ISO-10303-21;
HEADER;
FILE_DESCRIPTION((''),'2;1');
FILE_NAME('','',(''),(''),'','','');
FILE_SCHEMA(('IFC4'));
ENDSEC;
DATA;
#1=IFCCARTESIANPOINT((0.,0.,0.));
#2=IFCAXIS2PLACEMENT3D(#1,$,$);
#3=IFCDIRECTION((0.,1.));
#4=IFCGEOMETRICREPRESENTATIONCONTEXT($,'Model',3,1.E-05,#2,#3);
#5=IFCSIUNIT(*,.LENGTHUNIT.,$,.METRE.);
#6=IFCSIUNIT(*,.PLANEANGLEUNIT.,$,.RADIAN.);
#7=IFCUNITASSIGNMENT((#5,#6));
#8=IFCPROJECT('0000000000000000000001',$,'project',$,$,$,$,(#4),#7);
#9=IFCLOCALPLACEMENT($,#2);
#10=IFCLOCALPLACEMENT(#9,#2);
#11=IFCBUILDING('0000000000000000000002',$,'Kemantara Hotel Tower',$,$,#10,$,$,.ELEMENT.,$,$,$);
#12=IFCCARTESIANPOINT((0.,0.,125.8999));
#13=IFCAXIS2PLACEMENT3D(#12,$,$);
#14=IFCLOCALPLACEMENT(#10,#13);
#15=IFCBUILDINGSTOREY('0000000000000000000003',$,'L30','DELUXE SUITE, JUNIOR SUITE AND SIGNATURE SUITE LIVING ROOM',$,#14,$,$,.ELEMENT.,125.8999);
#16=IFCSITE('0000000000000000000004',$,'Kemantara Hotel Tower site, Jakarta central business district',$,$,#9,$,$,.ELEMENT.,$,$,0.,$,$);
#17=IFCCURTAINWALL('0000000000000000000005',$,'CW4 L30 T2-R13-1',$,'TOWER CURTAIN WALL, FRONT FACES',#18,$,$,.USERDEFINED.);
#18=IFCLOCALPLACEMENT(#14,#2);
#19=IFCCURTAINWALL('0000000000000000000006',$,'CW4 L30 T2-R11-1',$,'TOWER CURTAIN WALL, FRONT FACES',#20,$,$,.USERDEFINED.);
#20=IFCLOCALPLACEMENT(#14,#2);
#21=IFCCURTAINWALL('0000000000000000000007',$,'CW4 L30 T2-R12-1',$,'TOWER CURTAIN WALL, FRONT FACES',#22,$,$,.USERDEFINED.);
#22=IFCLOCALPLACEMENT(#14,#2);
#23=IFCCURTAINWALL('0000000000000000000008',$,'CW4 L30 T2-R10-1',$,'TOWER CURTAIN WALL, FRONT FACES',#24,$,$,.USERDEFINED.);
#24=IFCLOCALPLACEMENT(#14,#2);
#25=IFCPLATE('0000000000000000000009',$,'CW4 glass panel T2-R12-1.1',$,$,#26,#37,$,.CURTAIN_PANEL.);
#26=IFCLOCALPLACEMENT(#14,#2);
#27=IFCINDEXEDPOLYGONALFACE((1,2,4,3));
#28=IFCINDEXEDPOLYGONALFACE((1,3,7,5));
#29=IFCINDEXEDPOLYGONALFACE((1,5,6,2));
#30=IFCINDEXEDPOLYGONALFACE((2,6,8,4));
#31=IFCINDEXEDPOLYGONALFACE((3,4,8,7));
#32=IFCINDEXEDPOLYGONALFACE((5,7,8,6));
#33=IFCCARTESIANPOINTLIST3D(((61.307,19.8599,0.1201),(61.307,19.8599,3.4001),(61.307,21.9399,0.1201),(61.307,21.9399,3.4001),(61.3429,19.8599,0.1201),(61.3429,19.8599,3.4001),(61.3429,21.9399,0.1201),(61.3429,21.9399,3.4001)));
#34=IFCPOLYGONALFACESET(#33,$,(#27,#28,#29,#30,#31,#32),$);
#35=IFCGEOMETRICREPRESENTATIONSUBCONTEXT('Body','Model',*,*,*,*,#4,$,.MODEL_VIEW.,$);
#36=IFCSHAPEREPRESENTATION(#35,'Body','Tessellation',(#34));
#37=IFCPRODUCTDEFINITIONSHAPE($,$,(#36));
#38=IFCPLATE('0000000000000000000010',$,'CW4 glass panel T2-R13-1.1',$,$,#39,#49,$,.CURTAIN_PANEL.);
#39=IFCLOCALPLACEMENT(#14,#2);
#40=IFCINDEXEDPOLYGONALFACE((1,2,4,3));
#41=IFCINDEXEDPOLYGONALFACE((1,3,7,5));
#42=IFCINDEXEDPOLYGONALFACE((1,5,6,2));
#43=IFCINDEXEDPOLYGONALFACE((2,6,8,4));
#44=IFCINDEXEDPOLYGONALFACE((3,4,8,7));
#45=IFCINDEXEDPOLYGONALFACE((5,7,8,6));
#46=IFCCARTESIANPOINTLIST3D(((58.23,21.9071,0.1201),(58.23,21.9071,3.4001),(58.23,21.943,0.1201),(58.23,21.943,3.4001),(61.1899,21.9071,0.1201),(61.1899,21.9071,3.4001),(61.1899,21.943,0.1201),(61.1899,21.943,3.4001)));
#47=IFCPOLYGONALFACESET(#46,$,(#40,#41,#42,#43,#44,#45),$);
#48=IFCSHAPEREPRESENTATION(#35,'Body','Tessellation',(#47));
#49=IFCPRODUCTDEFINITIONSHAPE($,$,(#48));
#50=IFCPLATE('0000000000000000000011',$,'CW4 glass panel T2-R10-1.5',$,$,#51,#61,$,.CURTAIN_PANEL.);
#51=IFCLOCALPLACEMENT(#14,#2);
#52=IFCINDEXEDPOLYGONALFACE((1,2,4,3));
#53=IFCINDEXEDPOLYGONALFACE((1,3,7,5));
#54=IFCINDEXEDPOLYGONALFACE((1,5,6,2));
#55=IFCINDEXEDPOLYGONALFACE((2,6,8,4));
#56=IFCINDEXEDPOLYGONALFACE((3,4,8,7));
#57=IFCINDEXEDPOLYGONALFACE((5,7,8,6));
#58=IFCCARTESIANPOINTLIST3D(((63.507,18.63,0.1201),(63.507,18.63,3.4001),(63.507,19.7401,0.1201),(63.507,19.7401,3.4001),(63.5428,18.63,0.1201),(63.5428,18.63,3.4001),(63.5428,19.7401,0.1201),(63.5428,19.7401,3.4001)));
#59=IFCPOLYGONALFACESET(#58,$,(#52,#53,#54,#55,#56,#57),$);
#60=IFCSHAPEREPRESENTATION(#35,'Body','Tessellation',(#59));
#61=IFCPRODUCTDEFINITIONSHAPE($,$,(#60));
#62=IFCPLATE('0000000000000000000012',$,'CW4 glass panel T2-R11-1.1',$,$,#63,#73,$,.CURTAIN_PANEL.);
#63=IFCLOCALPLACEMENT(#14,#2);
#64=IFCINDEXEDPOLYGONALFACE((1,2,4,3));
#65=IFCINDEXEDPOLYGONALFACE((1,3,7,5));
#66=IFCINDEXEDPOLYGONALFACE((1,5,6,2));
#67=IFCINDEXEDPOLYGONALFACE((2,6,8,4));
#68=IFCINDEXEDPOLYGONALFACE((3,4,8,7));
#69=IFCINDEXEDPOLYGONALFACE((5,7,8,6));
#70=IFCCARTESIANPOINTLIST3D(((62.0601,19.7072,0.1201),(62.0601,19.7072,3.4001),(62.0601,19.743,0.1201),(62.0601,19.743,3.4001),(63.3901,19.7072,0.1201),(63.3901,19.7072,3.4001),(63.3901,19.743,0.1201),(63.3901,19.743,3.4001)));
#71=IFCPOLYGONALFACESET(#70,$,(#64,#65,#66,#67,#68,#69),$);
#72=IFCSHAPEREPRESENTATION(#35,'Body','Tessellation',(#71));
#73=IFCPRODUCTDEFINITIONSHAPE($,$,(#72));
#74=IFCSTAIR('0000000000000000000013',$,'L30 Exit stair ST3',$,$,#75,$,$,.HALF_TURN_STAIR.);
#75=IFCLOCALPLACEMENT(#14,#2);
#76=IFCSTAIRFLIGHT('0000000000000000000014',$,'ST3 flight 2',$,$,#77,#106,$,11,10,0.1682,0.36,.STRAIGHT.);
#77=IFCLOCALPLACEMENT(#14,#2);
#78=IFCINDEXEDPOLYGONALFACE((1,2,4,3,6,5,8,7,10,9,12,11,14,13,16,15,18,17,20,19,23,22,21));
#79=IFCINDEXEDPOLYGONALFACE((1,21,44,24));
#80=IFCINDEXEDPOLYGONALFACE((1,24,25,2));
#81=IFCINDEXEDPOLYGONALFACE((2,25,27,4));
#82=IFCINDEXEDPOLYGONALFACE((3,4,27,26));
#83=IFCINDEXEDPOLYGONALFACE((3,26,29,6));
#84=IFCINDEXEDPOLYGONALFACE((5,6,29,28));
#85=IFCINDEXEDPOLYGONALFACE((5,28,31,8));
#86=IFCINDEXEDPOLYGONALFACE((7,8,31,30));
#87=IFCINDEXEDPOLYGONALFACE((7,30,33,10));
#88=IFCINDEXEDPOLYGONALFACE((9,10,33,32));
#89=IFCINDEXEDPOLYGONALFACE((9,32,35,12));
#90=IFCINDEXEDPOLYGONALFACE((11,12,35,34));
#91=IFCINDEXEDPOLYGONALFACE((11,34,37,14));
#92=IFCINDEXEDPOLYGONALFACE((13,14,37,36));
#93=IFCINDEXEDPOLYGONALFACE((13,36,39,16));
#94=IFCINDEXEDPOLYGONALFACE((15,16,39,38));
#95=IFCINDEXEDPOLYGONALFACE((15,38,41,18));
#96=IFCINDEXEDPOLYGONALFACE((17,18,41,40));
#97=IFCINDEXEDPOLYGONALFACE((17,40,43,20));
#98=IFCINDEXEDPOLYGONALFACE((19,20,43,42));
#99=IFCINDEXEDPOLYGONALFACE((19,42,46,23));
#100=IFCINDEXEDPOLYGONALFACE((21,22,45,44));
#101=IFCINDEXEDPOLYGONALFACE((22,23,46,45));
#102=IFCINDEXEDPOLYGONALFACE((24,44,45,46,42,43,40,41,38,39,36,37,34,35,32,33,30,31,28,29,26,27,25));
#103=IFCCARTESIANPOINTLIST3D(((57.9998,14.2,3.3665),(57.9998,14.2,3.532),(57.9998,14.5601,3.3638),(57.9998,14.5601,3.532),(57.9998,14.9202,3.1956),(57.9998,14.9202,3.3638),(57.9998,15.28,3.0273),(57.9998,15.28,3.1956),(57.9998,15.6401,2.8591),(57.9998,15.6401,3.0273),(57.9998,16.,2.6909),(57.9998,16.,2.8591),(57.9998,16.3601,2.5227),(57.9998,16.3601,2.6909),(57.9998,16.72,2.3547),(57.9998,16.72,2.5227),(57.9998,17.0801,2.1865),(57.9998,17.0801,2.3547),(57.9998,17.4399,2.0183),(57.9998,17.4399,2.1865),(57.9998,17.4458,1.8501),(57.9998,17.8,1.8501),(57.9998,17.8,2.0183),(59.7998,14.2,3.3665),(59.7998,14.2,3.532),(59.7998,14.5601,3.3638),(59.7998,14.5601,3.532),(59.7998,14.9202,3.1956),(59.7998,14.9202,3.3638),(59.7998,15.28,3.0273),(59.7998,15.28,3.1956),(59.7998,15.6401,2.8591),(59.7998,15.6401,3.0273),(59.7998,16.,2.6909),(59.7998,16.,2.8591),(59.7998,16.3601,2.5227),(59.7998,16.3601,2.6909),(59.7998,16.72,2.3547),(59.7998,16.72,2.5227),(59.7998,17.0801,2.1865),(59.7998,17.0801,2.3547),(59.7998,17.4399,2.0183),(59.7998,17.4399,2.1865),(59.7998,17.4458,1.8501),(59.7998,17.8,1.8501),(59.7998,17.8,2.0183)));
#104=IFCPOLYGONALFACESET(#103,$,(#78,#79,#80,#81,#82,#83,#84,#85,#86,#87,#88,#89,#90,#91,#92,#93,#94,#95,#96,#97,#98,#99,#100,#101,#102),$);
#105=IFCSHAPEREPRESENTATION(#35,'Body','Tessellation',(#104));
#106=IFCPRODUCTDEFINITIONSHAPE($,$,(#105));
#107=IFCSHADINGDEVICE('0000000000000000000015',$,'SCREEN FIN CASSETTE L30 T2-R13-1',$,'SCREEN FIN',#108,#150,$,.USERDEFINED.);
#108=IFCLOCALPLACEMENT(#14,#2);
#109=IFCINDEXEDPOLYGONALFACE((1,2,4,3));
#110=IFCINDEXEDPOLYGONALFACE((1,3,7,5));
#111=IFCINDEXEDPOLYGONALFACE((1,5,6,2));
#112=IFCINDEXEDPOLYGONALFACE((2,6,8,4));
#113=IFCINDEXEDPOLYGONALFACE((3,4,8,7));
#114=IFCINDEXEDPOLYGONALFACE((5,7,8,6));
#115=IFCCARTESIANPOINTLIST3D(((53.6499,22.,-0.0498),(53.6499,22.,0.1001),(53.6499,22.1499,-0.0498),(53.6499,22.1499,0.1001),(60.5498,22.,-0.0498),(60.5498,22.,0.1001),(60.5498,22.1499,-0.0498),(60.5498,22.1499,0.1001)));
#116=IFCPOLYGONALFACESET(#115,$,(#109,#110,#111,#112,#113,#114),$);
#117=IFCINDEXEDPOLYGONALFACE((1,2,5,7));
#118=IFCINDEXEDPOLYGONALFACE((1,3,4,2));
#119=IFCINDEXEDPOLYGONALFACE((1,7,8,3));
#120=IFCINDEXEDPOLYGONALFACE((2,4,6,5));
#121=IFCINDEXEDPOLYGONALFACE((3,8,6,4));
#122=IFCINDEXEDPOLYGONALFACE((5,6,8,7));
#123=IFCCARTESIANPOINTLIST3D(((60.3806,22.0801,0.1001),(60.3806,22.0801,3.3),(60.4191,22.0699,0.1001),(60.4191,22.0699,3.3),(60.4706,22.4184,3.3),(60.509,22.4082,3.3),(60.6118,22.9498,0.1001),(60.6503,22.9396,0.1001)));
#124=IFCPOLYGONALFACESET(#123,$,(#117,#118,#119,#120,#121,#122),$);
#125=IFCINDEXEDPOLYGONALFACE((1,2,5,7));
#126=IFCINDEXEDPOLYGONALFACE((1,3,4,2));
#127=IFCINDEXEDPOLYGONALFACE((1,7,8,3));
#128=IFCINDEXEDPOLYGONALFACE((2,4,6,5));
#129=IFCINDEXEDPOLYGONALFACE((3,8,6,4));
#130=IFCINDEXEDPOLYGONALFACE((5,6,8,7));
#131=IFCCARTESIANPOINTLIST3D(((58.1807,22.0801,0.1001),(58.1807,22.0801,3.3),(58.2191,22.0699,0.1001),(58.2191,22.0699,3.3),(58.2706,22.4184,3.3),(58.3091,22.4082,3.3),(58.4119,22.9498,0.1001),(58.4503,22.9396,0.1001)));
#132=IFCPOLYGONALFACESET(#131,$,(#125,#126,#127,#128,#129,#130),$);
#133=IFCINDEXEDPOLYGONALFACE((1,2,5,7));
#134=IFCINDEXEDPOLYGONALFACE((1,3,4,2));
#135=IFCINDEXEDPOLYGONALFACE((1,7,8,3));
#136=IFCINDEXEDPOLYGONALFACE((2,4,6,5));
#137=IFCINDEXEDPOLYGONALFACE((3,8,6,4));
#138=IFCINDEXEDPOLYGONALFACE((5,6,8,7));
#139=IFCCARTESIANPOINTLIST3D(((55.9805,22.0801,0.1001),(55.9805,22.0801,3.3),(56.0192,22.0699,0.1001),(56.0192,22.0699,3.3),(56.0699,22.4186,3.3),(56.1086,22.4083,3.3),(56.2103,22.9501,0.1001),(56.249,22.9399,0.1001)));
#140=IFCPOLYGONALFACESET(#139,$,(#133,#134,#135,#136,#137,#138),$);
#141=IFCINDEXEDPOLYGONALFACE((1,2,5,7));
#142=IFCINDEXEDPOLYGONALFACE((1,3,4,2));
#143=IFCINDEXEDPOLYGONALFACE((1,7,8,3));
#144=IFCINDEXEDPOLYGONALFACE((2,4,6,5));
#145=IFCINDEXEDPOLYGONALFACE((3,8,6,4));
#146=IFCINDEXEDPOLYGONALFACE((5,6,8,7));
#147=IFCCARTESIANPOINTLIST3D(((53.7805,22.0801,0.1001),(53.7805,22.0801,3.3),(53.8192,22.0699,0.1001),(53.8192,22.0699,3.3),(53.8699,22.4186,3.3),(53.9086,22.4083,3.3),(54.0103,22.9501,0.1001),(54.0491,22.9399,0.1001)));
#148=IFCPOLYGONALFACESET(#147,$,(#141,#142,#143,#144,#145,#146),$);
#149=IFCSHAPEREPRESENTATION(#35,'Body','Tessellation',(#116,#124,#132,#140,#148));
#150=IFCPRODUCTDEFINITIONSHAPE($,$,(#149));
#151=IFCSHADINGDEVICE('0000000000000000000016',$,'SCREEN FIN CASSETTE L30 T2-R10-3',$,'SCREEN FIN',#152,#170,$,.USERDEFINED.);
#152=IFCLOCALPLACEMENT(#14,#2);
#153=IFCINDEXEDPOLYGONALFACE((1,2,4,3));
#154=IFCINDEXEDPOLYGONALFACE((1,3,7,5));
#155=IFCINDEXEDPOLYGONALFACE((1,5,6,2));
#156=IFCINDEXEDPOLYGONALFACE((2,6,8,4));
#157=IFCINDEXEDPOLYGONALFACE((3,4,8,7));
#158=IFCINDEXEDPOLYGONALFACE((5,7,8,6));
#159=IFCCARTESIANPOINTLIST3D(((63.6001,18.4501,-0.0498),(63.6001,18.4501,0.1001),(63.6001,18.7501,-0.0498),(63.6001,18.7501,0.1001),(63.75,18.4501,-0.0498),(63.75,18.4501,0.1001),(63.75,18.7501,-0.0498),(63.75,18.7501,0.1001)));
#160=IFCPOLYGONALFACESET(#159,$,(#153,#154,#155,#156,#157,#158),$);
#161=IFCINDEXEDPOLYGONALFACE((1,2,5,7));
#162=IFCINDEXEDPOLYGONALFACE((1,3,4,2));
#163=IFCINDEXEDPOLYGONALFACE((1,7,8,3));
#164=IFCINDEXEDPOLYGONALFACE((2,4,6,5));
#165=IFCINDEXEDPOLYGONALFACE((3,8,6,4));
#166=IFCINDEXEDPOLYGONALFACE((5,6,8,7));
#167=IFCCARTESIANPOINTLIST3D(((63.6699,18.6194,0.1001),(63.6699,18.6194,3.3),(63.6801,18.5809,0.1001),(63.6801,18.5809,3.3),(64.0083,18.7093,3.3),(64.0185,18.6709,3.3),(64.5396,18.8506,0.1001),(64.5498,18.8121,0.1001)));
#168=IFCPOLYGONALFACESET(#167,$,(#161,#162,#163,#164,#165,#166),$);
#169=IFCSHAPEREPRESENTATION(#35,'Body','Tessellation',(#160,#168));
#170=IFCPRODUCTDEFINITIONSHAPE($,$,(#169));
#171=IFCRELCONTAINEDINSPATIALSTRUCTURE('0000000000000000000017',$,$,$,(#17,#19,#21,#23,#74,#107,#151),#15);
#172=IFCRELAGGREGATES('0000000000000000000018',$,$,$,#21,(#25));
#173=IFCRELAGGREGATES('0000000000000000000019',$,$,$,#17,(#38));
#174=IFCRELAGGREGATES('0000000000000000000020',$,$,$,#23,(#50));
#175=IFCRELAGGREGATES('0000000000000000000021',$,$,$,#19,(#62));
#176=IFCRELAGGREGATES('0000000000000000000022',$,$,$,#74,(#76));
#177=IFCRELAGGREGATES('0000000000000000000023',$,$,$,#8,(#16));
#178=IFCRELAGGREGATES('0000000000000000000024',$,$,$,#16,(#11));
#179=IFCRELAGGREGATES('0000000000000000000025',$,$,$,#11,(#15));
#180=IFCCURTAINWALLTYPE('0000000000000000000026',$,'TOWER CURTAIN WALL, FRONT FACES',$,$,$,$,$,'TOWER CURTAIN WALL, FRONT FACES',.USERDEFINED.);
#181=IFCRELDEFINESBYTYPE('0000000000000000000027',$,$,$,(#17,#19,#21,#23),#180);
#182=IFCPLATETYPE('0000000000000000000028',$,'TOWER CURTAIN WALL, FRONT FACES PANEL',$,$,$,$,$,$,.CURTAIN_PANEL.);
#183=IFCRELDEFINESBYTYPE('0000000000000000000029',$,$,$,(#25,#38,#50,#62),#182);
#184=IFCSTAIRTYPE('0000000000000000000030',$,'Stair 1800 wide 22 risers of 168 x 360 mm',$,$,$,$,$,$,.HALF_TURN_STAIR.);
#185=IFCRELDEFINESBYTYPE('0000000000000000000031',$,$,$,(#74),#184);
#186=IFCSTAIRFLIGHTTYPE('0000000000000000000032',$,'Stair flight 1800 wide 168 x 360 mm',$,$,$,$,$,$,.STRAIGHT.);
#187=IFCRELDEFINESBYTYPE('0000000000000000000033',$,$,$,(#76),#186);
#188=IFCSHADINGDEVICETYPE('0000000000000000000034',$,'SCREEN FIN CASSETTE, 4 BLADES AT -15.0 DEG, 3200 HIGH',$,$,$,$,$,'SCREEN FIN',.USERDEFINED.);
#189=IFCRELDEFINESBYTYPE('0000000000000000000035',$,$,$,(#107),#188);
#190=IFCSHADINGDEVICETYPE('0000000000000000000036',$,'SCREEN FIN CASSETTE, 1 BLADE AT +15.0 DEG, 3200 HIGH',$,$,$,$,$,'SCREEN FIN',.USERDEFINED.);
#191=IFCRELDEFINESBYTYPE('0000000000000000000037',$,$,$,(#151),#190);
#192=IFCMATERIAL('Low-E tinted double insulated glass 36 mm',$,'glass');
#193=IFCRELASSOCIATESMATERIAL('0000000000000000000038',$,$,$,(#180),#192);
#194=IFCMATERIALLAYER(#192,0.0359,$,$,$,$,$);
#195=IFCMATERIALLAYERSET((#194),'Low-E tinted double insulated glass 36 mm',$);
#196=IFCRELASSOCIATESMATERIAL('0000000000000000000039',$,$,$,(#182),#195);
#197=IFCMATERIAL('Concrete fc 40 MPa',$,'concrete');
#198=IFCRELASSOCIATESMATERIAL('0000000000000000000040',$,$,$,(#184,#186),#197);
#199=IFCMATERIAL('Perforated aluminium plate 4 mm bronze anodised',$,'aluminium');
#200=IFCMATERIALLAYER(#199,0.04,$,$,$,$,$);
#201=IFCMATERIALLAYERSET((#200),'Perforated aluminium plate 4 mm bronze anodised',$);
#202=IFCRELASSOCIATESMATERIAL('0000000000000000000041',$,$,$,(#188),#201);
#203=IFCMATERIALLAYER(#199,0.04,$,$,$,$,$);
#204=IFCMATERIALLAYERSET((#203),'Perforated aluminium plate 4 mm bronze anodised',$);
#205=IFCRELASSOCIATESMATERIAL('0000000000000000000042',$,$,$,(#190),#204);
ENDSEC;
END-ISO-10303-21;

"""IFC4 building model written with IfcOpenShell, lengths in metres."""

from ifc_helpers import new_model, si_unit, direction, frame, origin, origin_2d, place, context, subcontext, project, spatial, polyline, rectangle, outline, extrude, source, transform, mapped, material, layer, layer_set, type_object, element, aggregate, save


model = new_model("IFC4")

# Units and contexts
model_context = context("Model", 3, precision=1e-05, world=origin(), true_north=direction((0.0, 1.0)))
body_context = subcontext(model_context, "Body", "Model", "MODEL_VIEW")
ifc_project = project(units=[si_unit("LENGTHUNIT", "METRE"), si_unit("PLANEANGLEUNIT", "RADIAN")], contexts=[model_context])

# Site, building, storey
site_placement = place(None, origin())
site = spatial("IfcSite", under=ifc_project, at=site_placement, Name="Kemantara Hotel Tower site, Jakarta central business district", CompositionType="ELEMENT", RefElevation=0.0)
building_placement = place(site_placement, origin())
building = spatial("IfcBuilding", under=site, at=building_placement, Name="Kemantara Hotel Tower", CompositionType="ELEMENT")
storey_placement = place(building_placement, frame((0.0, 0.0, 125.8999)))
storey = spatial("IfcBuildingStorey", under=building, at=storey_placement, Name="L30", Description="DELUXE SUITE, JUNIOR SUITE AND SIGNATURE SUITE LIVING ROOM", CompositionType="ELEMENT", Elevation=125.8999)

# Curtain walls
ifc_material_1 = material(Name="Low-E tinted double insulated glass 36 mm", Category="glass")
curtain_wall_type = type_object("IfcCurtainWallType", Name="TOWER CURTAIN WALL, FRONT FACES", ElementType="TOWER CURTAIN WALL, FRONT FACES", PredefinedType="USERDEFINED", material=ifc_material_1)
curtain_wall_1_placement = place(storey_placement, origin())
curtain_wall_1 = element("IfcCurtainWall", 1, at=curtain_wall_1_placement, inside=storey, type_object=curtain_wall_type, Name="CW4 L30 T2-R13-1", ObjectType="TOWER CURTAIN WALL, FRONT FACES", PredefinedType="USERDEFINED")
curtain_wall_2_placement = place(storey_placement, origin())
curtain_wall_2 = element("IfcCurtainWall", 2, at=curtain_wall_2_placement, inside=storey, type_object=curtain_wall_type, Name="CW4 L30 T2-R11-1", ObjectType="TOWER CURTAIN WALL, FRONT FACES", PredefinedType="USERDEFINED")
curtain_wall_3_placement = place(storey_placement, origin())
curtain_wall_3 = element("IfcCurtainWall", 3, at=curtain_wall_3_placement, inside=storey, type_object=curtain_wall_type, Name="CW4 L30 T2-R12-1", ObjectType="TOWER CURTAIN WALL, FRONT FACES", PredefinedType="USERDEFINED")

# Curtain wall
curtain_wall_4_placement = place(storey_placement, origin())
curtain_wall_4 = element("IfcCurtainWall", 4, at=curtain_wall_4_placement, inside=storey, type_object=curtain_wall_type, Name="CW4 L30 T2-R10-1", ObjectType="TOWER CURTAIN WALL, FRONT FACES", PredefinedType="USERDEFINED")

# Plates
ifc_layer_1 = layer(ifc_material_1, 0.0359)
ifc_layer_set_1 = layer_set([ifc_layer_1], Name="Low-E tinted double insulated glass 36 mm")
plate_type = type_object("IfcPlateType", Name="TOWER CURTAIN WALL, FRONT FACES PANEL", PredefinedType="CURTAIN_PANEL", material=ifc_layer_set_1)
shared_shape_1 = source(origin(), body_context, "Body", "SweptSolid", [
    extrude(rectangle(XDim=2.0801, YDim=0.0359, at=origin_2d()), origin(), (0.0, 0.0, 1.0), 3.28),
])
plate_1_placement = place(storey_placement, frame((61.325, 20.8999, 0.1201), z_axis=(0.0, 0.0, 1.0), x_axis=(0.0, 1.0, 0.0)))
plate_1 = element("IfcPlate", 5, at=plate_1_placement, type_object=plate_type, Name="CW4 glass panel T2-R12-1.1", PredefinedType="CURTAIN_PANEL", context=body_context, shape_type="MappedRepresentation", body=[
    mapped(shared_shape_1, transform((0.0, 0.0, 0.0))),
])
aggregate(curtain_wall_3, [plate_1])
shared_shape_2 = source(origin(), body_context, "Body", "SweptSolid", [
    extrude(rectangle(XDim=2.96, YDim=0.0359, at=origin_2d()), origin(), (0.0, 0.0, 1.0), 3.28),
])
plate_2_placement = place(storey_placement, frame((59.71, 21.925, 0.1201), z_axis=(0.0, 0.0, 1.0), x_axis=(-1.0, 0.0, 0.0)))
plate_2 = element("IfcPlate", 6, at=plate_2_placement, type_object=plate_type, Name="CW4 glass panel T2-R13-1.1", PredefinedType="CURTAIN_PANEL", context=body_context, shape_type="MappedRepresentation", body=[
    mapped(shared_shape_2, transform((0.0, 0.0, 0.0))),
])
aggregate(curtain_wall_1, [plate_2])
shared_shape_3 = source(origin(), body_context, "Body", "SweptSolid", [
    extrude(rectangle(XDim=1.1101, YDim=0.0359, at=origin_2d()), origin(), (0.0, 0.0, 1.0), 3.28),
])
plate_3_placement = place(storey_placement, frame((63.5249, 19.1851, 0.1201), z_axis=(0.0, 0.0, 1.0), x_axis=(0.0, 1.0, 0.0)))
plate_3 = element("IfcPlate", 7, at=plate_3_placement, type_object=plate_type, Name="CW4 glass panel T2-R10-1.5", PredefinedType="CURTAIN_PANEL", context=body_context, shape_type="MappedRepresentation", body=[
    mapped(shared_shape_3, transform((0.0, 0.0, 0.0))),
])
aggregate(curtain_wall_4, [plate_3])
shared_shape_4 = source(origin(), body_context, "Body", "SweptSolid", [
    extrude(rectangle(XDim=1.3301, YDim=0.0359, at=origin_2d()), origin(), (0.0, 0.0, 1.0), 3.28),
])
plate_4_placement = place(storey_placement, frame((62.7251, 19.7251, 0.1201), z_axis=(0.0, 0.0, 1.0), x_axis=(-1.0, 0.0, 0.0)))
plate_4 = element("IfcPlate", 8, at=plate_4_placement, type_object=plate_type, Name="CW4 glass panel T2-R11-1.1", PredefinedType="CURTAIN_PANEL", context=body_context, shape_type="MappedRepresentation", body=[
    mapped(shared_shape_4, transform((0.0, 0.0, 0.0))),
])
aggregate(curtain_wall_2, [plate_4])

# Stair, stair flight
ifc_material_2 = material(Name="Concrete fc 40 MPa", Category="concrete")
stair_type = type_object("IfcStairType", Name="Stair 1800 wide 22 risers of 168 x 360 mm", PredefinedType="HALF_TURN_STAIR", material=ifc_material_2)
stair_placement = place(storey_placement, origin())
stair = element("IfcStair", 9, at=stair_placement, inside=storey, type_object=stair_type, Name="L30 Exit stair ST3", PredefinedType="HALF_TURN_STAIR")
stair_flight_type = type_object("IfcStairFlightType", Name="Stair flight 1800 wide 168 x 360 mm", PredefinedType="STRAIGHT", material=ifc_material_2)
stair_flight_placement = place(storey_placement, frame((58.8999, 17.8, 1.8501), z_axis=(0.0, 0.0, 1.0), x_axis=(0.0, -1.0, 0.0)))
stair_flight = element("IfcStairFlight", 10, at=stair_flight_placement, type_object=stair_flight_type, Name="ST3 flight 2", NumberOfRisers=11, NumberOfTreads=10, PredefinedType="STRAIGHT", RiserHeight=0.1682, TreadLength=0.36, context=body_context, shape_type="SweptSolid", body=[
    extrude(outline(polyline([(0.0, 0.0), (0.0, 0.1682), (0.3601, 0.1682), (0.3601, 0.3364), (0.72, 0.3364), (0.72, 0.5046), (1.0801, 0.5046), (1.0801, 0.6726), (1.4399, 0.6726), (1.4399, 0.8408), (1.8, 0.8408), (1.8, 1.009), (2.1599, 1.009), (2.1599, 1.1772), (2.52, 1.1772), (2.52, 1.3455), (2.8799, 1.3455), (2.8799, 1.5137), (3.24, 1.5137), (3.24, 1.6819), (3.6001, 1.6819), (3.6001, 1.8501), (3.6001, 1.5164), (0.3542, 0.0), (0.0, 0.0)])), frame((0.0, 0.8999, 0.0), z_axis=(0.0, -1.0, 0.0), x_axis=(1.0, 0.0, 0.0)), (0.0, 0.0, 1.0), 1.8),
])
aggregate(stair, [stair_flight])

# Shading devices
ifc_material_3 = material(Name="Perforated aluminium plate 4 mm bronze anodised", Category="aluminium")
ifc_layer_2 = layer(ifc_material_3, 0.04)
ifc_layer_set_2 = layer_set([ifc_layer_2], Name="Perforated aluminium plate 4 mm bronze anodised")
shading_device_type_1 = type_object("IfcShadingDeviceType", Name="SCREEN FIN CASSETTE, 4 BLADES AT -15.0 DEG, 3200 HIGH", ElementType="SCREEN FIN", PredefinedType="USERDEFINED", material=ifc_layer_set_2)
shared_shape_5 = source(origin(), body_context, "Body", "SweptSolid", [
    extrude(rectangle(XDim=6.8999, YDim=0.1499, at=origin_2d()), frame((3.3, -0.075, -0.1499), z_axis=(0.0, 0.0, 1.0), x_axis=(1.0, 0.0, 0.0)), (0.0, 0.0, 1.0), 0.1499),
    extrude(outline(polyline([(0.0, 0.0), (0.8999, 0.0), (0.3501, 3.2), (0.0, 3.2), (0.0, 0.0)])), frame((0.0193, -0.0801, 0.0), z_axis=(-0.966438, 0.256901, 0.0), x_axis=(-0.256901, -0.966438, 0.0)), (0.0, 0.0, 1.0), 0.0398),
    extrude(outline(polyline([(0.0, 0.0), (0.8999, 0.0), (0.3501, 3.2), (0.0, 3.2), (0.0, 0.0)])), frame((2.2192, -0.0801, 0.0), z_axis=(-0.966438, 0.256901, 0.0), x_axis=(-0.256901, -0.966438, 0.0)), (0.0, 0.0, 1.0), 0.0398),
    extrude(outline(polyline([(0.0, 0.0), (0.8999, 0.0), (0.3501, 3.2), (0.0, 3.2), (0.0, 0.0)])), frame((4.4194, -0.0801, 0.0), z_axis=(-0.966838, 0.255391, 0.0), x_axis=(-0.255391, -0.966838, 0.0)), (0.0, 0.0, 1.0), 0.04),
    extrude(outline(polyline([(0.0, 0.0), (0.8999, 0.0), (0.3501, 3.2), (0.0, 3.2), (0.0, 0.0)])), frame((6.6194, -0.0801, 0.0), z_axis=(-0.966838, 0.255391, 0.0), x_axis=(-0.255391, -0.966838, 0.0)), (0.0, 0.0, 1.0), 0.04),
])
shading_device_1_placement = place(storey_placement, frame((60.3999, 22.0, 0.1001), z_axis=(0.0, 0.0, 1.0), x_axis=(-1.0, 0.0, 0.0)))
element("IfcShadingDevice", 11, at=shading_device_1_placement, inside=storey, type_object=shading_device_type_1, Name="SCREEN FIN CASSETTE L30 T2-R13-1", ObjectType="SCREEN FIN", PredefinedType="USERDEFINED", context=body_context, shape_type="MappedRepresentation", body=[
    mapped(shared_shape_5, transform((0.0, 0.0, 0.0))),
])
ifc_layer_3 = layer(ifc_material_3, 0.04)
ifc_layer_set_3 = layer_set([ifc_layer_3], Name="Perforated aluminium plate 4 mm bronze anodised")
shading_device_type_2 = type_object("IfcShadingDeviceType", Name="SCREEN FIN CASSETTE, 1 BLADE AT +15.0 DEG, 3200 HIGH", ElementType="SCREEN FIN", PredefinedType="USERDEFINED", material=ifc_layer_set_3)
shared_shape_6 = source(origin(), body_context, "Body", "SweptSolid", [
    extrude(rectangle(XDim=0.3, YDim=0.1499, at=origin_2d()), frame((0.0, -0.075, -0.1499), z_axis=(0.0, 0.0, 1.0), x_axis=(1.0, 0.0, 0.0)), (0.0, 0.0, 1.0), 0.1499),
    extrude(outline(polyline([(0.0, 0.0), (0.8999, 0.0), (0.3501, 3.2), (0.0, 3.2), (0.0, 0.0)])), frame((0.0193, -0.0698, 0.0), z_axis=(-0.966438, -0.256901, 0.0), x_axis=(0.256901, -0.966438, 0.0)), (0.0, 0.0, 1.0), 0.0398),
])
shading_device_2_placement = place(storey_placement, frame((63.6001, 18.6001, 0.1001), z_axis=(0.0, 0.0, 1.0), x_axis=(0.0, 1.0, 0.0)))
element("IfcShadingDevice", 12, at=shading_device_2_placement, inside=storey, type_object=shading_device_type_2, Name="SCREEN FIN CASSETTE L30 T2-R10-3", ObjectType="SCREEN FIN", PredefinedType="USERDEFINED", context=body_context, shape_type="MappedRepresentation", body=[
    mapped(shared_shape_6, transform((0.0, 0.0, 0.0))),
])

save(model, "model.ifc")
